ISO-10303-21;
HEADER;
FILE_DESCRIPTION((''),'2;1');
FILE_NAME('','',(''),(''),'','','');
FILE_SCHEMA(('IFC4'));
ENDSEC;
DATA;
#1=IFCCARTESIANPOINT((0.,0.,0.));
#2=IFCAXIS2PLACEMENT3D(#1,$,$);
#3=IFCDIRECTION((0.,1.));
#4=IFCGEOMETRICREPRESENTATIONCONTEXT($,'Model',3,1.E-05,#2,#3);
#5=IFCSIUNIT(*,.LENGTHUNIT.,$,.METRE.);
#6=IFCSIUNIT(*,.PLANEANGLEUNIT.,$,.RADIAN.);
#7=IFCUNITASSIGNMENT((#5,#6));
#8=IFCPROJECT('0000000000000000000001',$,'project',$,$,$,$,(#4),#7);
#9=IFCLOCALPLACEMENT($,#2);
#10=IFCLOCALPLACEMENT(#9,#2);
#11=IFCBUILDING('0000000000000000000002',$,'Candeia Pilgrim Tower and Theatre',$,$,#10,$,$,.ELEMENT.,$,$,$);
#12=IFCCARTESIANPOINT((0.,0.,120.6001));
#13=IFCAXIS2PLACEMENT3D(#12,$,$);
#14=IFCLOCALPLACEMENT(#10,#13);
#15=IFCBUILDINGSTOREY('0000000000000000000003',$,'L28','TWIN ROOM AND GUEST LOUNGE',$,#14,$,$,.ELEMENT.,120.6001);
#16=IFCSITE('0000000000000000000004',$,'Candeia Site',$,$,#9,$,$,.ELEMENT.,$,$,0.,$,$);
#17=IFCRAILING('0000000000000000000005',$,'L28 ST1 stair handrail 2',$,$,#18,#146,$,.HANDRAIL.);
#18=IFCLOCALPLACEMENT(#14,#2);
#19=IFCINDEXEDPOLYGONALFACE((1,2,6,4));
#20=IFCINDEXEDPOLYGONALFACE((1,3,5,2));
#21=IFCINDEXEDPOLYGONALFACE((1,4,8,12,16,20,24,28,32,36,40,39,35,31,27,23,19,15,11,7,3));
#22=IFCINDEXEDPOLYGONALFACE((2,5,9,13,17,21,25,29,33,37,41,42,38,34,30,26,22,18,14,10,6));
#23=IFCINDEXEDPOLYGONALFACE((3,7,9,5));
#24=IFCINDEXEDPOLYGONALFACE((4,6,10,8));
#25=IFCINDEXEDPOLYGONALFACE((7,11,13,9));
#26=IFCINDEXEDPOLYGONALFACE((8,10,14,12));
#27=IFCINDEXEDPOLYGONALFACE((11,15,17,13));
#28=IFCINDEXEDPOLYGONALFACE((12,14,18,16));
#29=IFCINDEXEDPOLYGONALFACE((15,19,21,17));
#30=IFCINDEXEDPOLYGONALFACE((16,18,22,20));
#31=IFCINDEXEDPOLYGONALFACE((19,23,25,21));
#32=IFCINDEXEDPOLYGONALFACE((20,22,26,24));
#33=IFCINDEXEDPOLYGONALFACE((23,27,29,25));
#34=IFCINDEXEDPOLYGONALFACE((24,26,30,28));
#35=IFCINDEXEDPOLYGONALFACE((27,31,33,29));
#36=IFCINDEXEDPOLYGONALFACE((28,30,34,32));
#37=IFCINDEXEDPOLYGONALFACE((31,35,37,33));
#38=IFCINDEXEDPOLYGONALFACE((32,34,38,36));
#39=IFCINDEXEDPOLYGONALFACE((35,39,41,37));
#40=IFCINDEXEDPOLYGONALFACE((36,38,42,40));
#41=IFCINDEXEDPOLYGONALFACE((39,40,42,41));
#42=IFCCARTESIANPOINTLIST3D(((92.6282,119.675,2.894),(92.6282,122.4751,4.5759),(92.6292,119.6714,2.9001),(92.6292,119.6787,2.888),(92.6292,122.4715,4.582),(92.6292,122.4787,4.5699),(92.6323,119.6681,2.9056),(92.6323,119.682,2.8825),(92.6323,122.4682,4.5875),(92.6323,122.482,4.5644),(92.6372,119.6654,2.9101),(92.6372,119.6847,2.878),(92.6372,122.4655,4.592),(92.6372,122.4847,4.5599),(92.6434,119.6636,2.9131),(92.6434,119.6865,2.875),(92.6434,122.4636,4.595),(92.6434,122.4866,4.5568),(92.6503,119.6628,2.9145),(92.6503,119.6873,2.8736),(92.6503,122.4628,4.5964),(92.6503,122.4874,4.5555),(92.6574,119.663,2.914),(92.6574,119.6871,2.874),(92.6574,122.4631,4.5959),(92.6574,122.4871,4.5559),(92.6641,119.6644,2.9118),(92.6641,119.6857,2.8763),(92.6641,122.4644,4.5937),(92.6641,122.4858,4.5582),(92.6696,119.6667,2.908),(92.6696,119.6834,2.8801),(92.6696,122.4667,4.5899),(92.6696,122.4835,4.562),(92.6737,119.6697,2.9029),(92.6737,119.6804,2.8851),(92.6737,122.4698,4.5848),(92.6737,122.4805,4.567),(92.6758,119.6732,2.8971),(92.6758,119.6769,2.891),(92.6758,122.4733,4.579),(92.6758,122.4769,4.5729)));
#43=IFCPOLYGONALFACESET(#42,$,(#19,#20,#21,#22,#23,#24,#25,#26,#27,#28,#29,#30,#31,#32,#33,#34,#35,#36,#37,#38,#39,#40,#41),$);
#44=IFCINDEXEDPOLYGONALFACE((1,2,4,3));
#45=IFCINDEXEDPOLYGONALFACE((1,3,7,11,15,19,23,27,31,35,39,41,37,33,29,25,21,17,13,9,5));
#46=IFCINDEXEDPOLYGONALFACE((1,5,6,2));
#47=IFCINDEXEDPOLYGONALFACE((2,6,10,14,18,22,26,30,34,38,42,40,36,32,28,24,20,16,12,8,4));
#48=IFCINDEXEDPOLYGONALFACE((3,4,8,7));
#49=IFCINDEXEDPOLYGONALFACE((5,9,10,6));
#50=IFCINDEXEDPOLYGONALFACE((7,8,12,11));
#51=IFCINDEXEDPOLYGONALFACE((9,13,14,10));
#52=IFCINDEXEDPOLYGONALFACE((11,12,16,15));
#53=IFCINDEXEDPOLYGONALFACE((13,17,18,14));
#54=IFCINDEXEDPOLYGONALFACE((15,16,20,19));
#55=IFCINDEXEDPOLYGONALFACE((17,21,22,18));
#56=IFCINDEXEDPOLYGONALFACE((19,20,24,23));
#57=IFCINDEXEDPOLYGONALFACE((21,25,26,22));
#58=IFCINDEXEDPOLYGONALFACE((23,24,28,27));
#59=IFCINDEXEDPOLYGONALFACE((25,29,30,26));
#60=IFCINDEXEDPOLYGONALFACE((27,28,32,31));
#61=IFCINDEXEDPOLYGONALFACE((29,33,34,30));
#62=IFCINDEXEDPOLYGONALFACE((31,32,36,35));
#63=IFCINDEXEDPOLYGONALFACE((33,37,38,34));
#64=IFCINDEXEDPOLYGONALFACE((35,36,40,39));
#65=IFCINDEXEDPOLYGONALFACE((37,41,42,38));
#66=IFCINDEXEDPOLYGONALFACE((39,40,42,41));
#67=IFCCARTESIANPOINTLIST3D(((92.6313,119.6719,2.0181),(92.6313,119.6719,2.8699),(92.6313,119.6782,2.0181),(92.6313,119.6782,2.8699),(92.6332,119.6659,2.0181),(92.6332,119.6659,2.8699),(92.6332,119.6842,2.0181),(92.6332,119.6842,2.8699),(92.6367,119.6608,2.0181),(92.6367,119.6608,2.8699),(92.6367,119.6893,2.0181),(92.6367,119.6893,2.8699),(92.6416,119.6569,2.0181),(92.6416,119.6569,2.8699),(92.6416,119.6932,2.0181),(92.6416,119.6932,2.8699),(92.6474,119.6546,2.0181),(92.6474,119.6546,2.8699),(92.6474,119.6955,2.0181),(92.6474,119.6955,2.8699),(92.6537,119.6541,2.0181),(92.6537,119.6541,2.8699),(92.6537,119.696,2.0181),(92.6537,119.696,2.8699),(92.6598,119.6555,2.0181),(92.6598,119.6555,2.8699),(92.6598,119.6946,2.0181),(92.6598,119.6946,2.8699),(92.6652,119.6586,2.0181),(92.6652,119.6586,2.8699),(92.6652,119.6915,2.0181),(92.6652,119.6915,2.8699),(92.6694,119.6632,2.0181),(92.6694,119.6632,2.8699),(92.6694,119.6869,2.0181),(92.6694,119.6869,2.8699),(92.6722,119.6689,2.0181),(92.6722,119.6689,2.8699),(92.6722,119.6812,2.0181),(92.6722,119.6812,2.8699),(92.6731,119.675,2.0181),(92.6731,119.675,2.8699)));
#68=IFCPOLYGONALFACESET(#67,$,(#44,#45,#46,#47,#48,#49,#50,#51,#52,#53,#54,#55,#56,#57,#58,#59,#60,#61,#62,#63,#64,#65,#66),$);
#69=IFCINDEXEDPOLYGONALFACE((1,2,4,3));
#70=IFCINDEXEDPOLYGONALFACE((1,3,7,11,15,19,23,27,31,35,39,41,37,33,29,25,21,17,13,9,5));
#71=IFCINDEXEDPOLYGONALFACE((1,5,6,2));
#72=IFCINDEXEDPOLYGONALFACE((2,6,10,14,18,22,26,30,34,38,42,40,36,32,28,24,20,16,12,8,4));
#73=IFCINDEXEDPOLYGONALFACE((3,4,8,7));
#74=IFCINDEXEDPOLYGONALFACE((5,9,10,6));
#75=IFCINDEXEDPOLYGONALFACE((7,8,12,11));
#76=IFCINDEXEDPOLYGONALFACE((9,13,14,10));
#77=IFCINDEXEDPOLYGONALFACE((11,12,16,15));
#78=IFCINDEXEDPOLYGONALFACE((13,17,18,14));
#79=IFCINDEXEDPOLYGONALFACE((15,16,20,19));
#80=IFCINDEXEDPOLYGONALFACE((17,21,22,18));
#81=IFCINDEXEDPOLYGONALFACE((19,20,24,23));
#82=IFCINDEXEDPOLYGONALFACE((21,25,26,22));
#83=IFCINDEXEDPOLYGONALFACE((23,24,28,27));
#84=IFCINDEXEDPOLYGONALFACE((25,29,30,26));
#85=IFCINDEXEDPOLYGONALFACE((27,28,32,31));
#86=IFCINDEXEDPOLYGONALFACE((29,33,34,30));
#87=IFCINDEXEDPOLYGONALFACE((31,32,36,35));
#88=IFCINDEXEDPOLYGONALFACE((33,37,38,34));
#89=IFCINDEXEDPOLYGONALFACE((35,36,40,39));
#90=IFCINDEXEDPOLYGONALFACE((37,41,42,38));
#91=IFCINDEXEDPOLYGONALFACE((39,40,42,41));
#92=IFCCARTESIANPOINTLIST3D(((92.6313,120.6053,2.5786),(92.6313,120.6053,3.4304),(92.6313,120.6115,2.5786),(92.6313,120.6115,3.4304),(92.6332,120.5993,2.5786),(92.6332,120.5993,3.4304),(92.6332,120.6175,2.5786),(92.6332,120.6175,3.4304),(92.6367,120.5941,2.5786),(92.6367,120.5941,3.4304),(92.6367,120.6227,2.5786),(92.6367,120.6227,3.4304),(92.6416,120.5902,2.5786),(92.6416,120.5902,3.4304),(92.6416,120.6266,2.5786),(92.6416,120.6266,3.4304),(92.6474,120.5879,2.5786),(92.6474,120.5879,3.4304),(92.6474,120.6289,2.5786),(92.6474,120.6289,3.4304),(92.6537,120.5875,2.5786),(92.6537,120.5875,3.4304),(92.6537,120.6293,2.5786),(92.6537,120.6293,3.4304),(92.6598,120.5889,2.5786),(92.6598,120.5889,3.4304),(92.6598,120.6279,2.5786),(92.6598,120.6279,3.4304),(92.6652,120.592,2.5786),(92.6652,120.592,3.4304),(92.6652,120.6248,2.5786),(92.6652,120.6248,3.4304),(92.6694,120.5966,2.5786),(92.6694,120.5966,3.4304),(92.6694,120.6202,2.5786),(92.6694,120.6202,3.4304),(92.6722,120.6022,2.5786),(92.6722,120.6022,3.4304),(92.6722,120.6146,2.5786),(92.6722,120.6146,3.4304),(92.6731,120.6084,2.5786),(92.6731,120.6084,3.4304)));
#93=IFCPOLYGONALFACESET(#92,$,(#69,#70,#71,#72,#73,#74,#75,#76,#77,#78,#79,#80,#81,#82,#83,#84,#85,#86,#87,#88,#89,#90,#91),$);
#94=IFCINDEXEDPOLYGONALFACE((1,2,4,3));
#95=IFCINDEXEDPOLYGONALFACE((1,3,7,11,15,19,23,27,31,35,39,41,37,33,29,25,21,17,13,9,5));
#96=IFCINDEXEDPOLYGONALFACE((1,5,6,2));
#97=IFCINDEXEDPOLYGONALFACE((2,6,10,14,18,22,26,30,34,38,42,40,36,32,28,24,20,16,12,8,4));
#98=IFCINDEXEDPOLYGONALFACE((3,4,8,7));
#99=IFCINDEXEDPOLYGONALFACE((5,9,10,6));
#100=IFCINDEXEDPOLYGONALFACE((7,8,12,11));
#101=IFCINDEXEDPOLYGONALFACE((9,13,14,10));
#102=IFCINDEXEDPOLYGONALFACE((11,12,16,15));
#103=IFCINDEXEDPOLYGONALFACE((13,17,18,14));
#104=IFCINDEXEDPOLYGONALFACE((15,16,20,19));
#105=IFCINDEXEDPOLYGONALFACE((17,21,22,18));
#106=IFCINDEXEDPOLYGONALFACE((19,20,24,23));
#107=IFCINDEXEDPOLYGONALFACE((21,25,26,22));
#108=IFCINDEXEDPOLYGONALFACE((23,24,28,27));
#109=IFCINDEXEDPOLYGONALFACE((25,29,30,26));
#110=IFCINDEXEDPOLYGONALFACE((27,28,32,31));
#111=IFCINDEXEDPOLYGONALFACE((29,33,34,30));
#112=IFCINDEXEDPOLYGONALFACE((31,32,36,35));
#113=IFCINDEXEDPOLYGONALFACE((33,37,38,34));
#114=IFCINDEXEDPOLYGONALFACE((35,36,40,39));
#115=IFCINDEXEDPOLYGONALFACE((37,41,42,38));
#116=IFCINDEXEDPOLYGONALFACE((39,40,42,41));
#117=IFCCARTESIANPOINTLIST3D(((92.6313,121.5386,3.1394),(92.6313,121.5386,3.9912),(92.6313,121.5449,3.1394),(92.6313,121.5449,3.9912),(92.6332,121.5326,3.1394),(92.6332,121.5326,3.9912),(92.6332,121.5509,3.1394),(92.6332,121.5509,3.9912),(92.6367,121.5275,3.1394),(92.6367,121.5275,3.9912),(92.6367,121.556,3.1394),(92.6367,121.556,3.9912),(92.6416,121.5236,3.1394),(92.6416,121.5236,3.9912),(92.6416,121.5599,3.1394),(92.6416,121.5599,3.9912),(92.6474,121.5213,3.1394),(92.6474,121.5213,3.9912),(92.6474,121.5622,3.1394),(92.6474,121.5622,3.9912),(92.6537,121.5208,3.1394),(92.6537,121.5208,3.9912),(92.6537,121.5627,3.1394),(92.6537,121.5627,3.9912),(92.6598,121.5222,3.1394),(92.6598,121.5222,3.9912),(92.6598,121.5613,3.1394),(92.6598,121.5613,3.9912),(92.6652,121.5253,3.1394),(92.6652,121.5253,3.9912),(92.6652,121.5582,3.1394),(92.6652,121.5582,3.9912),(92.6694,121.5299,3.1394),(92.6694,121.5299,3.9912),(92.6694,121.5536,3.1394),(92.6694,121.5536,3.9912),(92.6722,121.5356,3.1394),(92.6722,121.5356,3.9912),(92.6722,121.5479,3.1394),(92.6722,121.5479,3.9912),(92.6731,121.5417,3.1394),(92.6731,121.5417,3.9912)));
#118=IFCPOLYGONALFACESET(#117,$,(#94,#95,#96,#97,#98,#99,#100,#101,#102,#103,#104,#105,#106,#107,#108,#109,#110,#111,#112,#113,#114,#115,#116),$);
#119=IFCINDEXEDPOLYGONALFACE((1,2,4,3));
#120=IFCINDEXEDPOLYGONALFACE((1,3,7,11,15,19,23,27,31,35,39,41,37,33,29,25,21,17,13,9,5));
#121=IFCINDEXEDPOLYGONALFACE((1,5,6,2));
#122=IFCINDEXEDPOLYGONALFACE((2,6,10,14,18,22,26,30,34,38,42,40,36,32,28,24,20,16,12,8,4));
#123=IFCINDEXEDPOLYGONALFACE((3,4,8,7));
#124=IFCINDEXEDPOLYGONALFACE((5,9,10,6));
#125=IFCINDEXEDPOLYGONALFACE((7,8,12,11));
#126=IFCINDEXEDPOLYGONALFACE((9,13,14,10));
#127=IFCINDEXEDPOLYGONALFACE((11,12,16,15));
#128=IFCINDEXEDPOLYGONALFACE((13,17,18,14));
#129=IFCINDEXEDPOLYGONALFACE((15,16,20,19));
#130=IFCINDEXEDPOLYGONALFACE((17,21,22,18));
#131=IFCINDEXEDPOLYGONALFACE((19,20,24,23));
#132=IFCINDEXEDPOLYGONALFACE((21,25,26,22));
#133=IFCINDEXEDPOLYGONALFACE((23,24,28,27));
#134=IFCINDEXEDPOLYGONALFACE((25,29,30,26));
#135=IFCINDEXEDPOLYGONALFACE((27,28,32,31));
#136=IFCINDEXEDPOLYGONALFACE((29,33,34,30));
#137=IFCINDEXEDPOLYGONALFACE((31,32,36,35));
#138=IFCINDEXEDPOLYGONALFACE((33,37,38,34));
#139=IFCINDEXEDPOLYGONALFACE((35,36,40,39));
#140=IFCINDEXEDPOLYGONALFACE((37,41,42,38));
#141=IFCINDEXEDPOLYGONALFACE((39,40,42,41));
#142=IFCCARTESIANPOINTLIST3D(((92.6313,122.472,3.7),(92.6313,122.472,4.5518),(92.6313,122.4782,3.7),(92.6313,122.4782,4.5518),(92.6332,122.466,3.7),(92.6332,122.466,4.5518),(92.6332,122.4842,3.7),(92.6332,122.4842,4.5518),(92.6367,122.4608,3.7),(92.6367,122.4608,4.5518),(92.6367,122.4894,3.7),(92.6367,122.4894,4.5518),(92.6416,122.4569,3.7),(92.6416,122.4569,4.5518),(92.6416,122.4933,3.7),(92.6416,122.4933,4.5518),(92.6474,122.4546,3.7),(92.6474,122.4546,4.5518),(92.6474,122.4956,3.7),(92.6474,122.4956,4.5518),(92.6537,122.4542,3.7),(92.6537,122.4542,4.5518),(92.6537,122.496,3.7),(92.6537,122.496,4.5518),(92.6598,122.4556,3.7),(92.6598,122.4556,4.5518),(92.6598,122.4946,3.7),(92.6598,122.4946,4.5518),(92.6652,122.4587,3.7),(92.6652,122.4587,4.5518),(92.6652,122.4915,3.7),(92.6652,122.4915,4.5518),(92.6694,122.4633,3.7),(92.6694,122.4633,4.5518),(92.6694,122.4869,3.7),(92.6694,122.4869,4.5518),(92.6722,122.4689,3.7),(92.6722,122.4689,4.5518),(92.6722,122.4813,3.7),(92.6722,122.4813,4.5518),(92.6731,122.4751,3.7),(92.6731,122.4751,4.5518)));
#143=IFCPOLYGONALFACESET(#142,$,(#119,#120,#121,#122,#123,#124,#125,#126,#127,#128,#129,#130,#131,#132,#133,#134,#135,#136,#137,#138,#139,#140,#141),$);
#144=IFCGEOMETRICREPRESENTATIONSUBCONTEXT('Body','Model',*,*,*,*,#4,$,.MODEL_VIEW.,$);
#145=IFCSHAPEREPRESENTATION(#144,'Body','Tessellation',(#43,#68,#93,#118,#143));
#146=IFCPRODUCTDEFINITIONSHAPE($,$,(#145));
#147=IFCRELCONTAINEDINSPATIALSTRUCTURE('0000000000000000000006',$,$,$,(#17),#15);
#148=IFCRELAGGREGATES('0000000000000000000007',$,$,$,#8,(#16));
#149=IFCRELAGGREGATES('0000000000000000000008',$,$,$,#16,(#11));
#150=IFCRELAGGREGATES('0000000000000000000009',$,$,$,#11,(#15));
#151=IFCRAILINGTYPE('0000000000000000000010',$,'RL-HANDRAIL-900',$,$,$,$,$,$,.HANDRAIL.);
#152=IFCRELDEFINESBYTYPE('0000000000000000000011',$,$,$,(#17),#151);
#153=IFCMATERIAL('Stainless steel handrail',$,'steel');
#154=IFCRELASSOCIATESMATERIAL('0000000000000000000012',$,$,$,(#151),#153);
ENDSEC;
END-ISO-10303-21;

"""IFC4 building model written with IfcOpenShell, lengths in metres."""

from ifc_helpers import new_model, si_unit, direction, frame, origin, origin_2d, place, context, subcontext, project, spatial, circle, extrude, material, type_object, element, save


model = new_model("IFC4")

# Units and contexts
model_context = context("Model", 3, precision=1e-05, world=origin(), true_north=direction((0.0, 1.0)))
body_context = subcontext(model_context, "Body", "Model", "MODEL_VIEW")
ifc_project = project(units=[si_unit("LENGTHUNIT", "METRE"), si_unit("PLANEANGLEUNIT", "RADIAN")], contexts=[model_context])

# Site, building, storey
site_placement = place(None, origin())
site = spatial("IfcSite", under=ifc_project, at=site_placement, Name="Candeia Site", CompositionType="ELEMENT", RefElevation=0.0)
building_placement = place(site_placement, origin())
building = spatial("IfcBuilding", under=site, at=building_placement, Name="Candeia Pilgrim Tower and Theatre", CompositionType="ELEMENT")
storey_placement = place(building_placement, frame((0.0, 0.0, 120.6001)))
storey = spatial("IfcBuildingStorey", under=building, at=storey_placement, Name="L28", Description="TWIN ROOM AND GUEST LOUNGE", CompositionType="ELEMENT", Elevation=120.6001)

# Railing
ifc_material_1 = material(Name="Stainless steel handrail", Category="steel")
railing_type = type_object("IfcRailingType", Name="RL-HANDRAIL-900", PredefinedType="HANDRAIL", material=ifc_material_1)
for number, where, name in (
    (1, (92.6521, 119.675, 2.0181), "L28 ST1 stair handrail 2"),
):
    element("IfcRailing", number, at=place(storey_placement, frame(where)), inside=storey, type_object=railing_type, Name=name, PredefinedType="HANDRAIL", context=body_context, shape_type="SweptSolid", body=[
        extrude(circle(Radius=0.0239, at=origin_2d()), frame((0.0, 0.0, 0.876), z_axis=(0.0, 0.857242, 0.514913), x_axis=(-1.0, 0.0, 0.0)), (0.0, 0.0, 1.0), 3.2664),
        extrude(circle(Radius=0.021, at=origin_2d()), origin(), (0.0, 0.0, 1.0), 0.8518),
        extrude(circle(Radius=0.021, at=origin_2d()), frame((0.0, 0.9333, 0.5605)), (0.0, 0.0, 1.0), 0.8518),
        extrude(circle(Radius=0.021, at=origin_2d()), frame((0.0, 1.8667, 1.1213)), (0.0, 0.0, 1.0), 0.8518),
        extrude(circle(Radius=0.021, at=origin_2d()), frame((0.0, 2.8, 1.6819)), (0.0, 0.0, 1.0), 0.8518),
    ])

save(model, "model.ifc")
